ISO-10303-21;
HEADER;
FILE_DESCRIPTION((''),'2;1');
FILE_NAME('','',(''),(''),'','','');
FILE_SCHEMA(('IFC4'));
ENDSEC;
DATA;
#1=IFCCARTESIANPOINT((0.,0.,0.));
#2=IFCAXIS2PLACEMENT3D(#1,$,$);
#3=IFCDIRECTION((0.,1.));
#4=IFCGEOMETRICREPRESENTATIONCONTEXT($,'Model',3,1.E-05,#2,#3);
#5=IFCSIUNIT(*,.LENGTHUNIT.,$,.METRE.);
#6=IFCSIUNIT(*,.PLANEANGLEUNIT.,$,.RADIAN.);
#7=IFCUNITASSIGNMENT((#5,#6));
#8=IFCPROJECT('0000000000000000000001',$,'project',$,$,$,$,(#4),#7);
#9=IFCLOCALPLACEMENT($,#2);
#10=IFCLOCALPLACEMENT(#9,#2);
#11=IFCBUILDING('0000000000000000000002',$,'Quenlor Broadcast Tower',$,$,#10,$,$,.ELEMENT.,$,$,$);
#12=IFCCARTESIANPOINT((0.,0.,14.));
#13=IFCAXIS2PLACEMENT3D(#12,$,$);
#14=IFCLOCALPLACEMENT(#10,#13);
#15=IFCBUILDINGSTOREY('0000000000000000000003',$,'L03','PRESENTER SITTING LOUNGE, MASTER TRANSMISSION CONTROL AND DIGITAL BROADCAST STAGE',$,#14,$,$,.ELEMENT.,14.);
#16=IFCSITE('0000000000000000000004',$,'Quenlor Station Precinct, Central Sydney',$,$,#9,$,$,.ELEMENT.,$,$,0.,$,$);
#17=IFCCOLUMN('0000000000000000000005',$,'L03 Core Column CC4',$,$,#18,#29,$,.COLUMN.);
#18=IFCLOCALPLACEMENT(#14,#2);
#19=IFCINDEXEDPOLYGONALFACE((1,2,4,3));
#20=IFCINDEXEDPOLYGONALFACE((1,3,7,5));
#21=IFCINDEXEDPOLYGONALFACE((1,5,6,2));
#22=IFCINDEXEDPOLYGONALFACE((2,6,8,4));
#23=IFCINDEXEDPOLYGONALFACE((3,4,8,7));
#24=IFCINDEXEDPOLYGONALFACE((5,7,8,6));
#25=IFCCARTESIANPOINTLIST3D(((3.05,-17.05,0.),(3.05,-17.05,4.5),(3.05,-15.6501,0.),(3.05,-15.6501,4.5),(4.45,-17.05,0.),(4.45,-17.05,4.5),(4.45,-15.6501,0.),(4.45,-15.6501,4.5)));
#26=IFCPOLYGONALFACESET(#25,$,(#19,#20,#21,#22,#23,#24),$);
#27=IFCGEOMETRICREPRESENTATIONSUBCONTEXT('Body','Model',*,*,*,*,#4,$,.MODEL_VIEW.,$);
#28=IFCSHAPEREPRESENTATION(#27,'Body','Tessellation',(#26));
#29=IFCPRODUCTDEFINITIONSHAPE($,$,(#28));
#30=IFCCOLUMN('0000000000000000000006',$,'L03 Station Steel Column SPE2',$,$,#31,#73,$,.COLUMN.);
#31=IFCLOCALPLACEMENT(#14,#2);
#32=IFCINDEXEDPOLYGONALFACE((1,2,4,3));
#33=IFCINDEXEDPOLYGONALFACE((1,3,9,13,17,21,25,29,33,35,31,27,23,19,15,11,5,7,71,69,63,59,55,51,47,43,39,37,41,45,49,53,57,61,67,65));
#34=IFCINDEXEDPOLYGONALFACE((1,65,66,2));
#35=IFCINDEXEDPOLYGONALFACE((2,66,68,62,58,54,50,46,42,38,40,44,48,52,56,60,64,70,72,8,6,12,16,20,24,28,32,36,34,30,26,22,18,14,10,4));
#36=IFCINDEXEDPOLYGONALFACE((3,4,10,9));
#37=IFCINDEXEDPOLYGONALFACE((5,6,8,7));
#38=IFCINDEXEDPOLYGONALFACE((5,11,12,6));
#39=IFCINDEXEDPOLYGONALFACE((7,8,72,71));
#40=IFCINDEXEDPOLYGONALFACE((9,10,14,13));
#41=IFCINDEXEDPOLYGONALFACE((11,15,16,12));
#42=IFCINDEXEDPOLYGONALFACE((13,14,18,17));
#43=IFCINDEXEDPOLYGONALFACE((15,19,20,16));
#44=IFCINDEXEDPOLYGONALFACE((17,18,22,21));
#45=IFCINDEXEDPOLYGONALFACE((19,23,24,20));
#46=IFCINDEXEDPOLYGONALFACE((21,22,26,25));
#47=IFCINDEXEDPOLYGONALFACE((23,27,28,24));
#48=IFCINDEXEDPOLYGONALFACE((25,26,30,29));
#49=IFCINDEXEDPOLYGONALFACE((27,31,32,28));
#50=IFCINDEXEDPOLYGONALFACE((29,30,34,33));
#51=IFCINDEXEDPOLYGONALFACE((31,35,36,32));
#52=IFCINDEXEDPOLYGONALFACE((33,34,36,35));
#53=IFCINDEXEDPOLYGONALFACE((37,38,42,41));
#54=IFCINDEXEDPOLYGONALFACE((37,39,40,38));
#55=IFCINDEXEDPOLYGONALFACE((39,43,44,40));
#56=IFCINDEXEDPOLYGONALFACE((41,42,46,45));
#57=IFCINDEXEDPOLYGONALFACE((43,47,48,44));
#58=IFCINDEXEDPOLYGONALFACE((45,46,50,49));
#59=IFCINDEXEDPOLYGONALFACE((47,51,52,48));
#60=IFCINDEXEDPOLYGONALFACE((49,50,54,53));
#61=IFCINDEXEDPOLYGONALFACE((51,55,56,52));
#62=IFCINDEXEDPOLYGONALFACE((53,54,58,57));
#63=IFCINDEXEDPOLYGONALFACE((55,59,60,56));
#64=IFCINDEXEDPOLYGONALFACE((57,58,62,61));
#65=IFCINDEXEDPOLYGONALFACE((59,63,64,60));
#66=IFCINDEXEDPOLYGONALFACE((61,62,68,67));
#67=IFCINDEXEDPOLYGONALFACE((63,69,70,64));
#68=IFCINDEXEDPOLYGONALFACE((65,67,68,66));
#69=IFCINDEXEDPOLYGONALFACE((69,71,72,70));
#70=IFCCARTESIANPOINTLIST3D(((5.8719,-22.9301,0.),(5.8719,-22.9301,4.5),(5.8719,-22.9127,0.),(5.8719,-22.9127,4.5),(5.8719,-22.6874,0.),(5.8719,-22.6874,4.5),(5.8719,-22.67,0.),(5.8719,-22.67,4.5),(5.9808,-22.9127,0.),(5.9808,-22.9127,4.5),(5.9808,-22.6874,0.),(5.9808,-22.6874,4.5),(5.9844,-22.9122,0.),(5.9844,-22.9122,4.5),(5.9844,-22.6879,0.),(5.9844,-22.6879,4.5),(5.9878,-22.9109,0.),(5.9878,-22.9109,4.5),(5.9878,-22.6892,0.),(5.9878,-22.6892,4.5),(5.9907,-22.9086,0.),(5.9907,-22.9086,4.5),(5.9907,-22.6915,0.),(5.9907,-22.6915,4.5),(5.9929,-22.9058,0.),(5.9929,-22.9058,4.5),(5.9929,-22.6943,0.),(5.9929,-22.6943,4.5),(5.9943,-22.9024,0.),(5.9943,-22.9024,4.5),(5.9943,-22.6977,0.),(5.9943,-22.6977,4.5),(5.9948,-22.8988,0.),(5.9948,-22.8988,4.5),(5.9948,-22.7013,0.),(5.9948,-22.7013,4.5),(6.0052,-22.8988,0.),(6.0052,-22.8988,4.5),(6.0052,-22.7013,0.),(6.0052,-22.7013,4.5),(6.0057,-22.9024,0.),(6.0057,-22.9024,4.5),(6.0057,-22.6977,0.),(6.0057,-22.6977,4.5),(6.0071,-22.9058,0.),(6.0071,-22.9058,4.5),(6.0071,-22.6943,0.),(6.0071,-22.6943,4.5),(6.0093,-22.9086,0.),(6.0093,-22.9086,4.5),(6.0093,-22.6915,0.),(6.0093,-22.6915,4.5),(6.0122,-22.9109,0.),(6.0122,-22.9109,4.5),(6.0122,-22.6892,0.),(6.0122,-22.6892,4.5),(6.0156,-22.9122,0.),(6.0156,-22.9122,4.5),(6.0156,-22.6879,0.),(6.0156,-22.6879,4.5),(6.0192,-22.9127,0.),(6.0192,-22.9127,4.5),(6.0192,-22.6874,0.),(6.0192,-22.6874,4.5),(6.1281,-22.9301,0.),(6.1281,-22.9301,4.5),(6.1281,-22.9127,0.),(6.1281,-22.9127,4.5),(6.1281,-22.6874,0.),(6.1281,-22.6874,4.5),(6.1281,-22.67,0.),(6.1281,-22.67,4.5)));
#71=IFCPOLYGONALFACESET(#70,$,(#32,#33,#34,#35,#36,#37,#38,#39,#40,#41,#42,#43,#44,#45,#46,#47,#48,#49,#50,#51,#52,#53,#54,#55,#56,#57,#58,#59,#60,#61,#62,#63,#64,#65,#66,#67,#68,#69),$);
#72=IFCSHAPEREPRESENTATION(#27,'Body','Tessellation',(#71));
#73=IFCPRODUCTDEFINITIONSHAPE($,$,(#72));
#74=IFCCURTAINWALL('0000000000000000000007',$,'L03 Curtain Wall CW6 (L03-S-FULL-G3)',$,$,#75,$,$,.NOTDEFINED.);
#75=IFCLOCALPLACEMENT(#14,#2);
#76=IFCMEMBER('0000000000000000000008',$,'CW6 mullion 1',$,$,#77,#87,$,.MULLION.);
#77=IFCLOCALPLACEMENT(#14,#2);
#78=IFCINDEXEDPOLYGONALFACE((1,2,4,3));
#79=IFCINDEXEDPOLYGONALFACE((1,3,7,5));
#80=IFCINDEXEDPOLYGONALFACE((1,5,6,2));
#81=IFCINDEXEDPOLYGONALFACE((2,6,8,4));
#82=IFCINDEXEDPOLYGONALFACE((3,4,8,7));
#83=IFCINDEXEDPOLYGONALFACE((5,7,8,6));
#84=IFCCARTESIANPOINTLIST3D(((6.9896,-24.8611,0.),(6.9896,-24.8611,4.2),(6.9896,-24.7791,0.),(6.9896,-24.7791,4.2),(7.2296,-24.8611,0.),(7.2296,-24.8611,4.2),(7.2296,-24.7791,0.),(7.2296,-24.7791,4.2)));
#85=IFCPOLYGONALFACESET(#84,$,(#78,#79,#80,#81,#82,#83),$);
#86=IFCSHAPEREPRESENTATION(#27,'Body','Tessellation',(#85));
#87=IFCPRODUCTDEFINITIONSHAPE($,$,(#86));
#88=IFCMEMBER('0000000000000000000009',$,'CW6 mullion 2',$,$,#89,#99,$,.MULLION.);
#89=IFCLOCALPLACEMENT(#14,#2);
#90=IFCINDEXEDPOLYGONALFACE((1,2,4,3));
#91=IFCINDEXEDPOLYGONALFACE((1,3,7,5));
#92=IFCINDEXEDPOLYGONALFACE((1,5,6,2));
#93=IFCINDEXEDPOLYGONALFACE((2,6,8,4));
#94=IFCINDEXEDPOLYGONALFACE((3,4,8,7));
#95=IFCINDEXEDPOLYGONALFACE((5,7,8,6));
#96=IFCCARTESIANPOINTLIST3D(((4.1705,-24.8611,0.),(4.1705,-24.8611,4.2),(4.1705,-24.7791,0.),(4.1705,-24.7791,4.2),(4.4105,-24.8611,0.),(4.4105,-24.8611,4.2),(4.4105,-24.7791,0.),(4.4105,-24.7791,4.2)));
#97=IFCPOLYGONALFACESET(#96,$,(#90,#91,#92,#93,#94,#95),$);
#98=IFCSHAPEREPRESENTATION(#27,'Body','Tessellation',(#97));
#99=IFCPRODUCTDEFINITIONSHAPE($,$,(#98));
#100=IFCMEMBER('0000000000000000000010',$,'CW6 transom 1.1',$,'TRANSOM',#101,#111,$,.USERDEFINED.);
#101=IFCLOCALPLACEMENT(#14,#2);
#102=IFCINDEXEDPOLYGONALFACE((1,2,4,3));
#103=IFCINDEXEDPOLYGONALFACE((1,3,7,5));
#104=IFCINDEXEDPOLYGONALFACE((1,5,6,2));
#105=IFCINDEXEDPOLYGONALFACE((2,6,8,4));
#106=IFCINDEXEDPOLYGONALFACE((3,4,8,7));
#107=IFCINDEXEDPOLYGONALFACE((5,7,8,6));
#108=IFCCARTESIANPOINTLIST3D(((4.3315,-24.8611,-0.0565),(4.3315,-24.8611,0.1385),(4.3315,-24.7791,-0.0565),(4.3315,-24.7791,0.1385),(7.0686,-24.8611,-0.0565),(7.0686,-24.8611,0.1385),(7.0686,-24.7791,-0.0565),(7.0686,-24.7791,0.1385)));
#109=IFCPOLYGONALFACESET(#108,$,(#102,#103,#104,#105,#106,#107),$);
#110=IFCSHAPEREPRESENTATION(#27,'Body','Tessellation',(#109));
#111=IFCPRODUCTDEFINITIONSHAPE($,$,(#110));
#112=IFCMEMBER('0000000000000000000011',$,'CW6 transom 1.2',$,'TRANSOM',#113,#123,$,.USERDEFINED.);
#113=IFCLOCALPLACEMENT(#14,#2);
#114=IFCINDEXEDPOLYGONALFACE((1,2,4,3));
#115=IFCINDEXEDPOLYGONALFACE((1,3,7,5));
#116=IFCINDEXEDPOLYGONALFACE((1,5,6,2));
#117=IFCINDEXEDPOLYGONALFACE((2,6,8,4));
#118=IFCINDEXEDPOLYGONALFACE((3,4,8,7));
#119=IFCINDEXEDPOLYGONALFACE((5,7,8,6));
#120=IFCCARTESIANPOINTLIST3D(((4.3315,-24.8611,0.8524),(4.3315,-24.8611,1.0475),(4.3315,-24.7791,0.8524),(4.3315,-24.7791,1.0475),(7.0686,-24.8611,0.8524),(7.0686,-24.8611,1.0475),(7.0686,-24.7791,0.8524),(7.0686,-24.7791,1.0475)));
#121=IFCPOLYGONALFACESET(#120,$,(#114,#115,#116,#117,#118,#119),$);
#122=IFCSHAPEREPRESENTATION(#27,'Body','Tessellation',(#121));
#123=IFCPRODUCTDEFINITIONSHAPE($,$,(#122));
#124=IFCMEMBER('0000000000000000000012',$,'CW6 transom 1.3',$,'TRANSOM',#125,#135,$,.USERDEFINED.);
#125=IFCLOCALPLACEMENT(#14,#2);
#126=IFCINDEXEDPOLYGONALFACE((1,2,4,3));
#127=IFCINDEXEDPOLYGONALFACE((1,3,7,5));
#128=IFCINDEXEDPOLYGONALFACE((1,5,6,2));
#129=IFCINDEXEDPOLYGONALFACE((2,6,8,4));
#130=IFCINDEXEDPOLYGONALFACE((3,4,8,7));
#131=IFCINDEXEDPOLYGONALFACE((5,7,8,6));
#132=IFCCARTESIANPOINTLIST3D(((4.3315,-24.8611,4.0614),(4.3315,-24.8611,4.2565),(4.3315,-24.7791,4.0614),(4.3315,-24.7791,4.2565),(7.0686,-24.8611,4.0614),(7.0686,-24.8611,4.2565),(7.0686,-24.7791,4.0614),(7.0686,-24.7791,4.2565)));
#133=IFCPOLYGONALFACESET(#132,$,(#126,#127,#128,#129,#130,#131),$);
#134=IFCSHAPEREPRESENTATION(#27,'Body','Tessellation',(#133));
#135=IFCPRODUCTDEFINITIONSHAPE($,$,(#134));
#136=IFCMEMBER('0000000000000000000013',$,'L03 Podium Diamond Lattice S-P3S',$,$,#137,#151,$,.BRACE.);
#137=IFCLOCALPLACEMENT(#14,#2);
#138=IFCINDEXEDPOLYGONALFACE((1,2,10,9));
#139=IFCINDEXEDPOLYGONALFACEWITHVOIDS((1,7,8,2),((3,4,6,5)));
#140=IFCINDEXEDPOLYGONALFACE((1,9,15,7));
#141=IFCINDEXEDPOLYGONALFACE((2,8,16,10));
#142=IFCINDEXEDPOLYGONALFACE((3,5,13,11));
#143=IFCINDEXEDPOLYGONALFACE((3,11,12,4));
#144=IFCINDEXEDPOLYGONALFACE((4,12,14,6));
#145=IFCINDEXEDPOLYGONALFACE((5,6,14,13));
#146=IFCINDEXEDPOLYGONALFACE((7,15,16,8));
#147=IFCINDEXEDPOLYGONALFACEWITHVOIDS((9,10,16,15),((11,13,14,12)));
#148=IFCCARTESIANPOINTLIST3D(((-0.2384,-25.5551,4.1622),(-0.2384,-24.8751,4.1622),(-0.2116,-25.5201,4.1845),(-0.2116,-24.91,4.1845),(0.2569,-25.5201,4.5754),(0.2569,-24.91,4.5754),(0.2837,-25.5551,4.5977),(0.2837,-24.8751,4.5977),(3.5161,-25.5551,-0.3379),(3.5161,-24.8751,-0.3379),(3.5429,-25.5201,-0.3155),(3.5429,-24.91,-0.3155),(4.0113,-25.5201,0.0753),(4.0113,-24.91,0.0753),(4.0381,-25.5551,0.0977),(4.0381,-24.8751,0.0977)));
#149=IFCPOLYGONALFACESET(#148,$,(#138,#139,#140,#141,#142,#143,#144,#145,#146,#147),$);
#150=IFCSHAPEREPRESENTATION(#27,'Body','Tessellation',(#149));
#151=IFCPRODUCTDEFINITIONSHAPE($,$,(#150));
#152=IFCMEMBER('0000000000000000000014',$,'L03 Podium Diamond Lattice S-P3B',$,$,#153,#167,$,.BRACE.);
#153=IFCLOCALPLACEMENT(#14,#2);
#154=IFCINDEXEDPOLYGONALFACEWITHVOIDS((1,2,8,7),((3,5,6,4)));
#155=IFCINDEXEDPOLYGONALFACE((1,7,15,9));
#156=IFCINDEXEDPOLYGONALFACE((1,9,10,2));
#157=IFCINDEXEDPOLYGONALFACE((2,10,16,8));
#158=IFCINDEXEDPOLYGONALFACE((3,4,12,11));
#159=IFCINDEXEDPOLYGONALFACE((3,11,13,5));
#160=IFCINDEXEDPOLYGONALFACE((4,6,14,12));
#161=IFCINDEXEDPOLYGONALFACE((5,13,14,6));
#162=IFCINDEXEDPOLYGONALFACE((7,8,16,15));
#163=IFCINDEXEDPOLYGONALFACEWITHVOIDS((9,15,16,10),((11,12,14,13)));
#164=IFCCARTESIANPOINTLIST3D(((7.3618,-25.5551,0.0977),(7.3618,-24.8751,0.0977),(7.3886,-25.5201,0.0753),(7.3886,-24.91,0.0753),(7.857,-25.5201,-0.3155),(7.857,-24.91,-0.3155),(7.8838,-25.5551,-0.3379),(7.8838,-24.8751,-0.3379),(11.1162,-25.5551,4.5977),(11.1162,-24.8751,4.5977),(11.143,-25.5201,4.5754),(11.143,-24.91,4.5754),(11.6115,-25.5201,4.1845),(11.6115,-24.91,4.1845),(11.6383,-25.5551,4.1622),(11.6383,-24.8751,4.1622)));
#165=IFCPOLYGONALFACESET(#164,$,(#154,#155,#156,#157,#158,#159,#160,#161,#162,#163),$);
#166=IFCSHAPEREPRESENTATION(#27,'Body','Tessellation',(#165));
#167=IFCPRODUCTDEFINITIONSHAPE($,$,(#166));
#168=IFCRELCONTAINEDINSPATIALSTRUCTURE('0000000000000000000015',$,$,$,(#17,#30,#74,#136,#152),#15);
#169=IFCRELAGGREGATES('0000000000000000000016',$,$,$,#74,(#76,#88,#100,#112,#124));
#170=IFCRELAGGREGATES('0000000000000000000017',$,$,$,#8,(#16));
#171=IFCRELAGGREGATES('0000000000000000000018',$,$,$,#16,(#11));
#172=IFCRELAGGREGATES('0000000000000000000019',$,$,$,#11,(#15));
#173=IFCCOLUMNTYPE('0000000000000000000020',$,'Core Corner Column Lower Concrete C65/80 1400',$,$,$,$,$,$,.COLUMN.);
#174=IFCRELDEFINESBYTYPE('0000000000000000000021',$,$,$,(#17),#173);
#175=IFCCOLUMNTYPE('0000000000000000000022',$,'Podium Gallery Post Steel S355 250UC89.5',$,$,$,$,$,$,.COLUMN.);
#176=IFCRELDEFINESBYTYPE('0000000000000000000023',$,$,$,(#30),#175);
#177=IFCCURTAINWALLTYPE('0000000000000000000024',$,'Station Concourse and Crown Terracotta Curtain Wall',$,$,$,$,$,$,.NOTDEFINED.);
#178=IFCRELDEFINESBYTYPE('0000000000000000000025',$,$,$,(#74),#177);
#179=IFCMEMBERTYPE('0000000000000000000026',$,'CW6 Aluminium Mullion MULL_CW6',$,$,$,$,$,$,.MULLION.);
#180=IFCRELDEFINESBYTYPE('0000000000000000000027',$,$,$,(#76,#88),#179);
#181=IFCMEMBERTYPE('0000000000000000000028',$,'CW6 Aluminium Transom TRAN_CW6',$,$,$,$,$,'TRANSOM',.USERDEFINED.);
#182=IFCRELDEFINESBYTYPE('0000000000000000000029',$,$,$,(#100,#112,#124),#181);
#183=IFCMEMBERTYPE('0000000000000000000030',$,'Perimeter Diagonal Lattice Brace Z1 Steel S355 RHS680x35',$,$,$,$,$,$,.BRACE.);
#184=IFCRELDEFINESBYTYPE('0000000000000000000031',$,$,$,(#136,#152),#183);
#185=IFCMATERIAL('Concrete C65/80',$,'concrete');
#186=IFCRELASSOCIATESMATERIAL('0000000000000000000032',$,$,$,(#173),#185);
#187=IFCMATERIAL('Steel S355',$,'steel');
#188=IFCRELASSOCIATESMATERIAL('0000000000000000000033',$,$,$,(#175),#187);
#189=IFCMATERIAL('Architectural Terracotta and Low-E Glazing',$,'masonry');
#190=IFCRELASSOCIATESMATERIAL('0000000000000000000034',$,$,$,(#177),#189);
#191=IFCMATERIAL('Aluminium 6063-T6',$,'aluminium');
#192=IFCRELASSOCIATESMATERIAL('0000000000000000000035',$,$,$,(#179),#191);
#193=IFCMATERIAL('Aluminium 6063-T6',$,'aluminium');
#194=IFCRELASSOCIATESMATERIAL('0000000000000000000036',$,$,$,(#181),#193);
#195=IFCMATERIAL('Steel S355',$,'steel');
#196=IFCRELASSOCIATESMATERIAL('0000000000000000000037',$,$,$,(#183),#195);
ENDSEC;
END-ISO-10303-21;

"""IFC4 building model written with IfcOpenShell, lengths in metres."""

from ifc_helpers import new_model, si_unit, direction, frame, origin, origin_2d, place, context, subcontext, project, spatial, rectangle, hollow_rectangle, i_section, extrude, material, material_profile, profile_set, type_object, element, aggregate, save


model = new_model("IFC4")

# Units and contexts
model_context = context("Model", 3, precision=1e-05, world=origin(), true_north=direction((0.0, 1.0)))
body_context = subcontext(model_context, "Body", "Model", "MODEL_VIEW")
ifc_project = project(units=[si_unit("LENGTHUNIT", "METRE"), si_unit("PLANEANGLEUNIT", "RADIAN")], contexts=[model_context])

# Site, building, storey
site_placement = place(None, origin())
site = spatial("IfcSite", under=ifc_project, at=site_placement, Name="Quenlor Station Precinct, Central Sydney", CompositionType="ELEMENT", RefElevation=0.0)
building_placement = place(site_placement, origin())
building = spatial("IfcBuilding", under=site, at=building_placement, Name="Quenlor Broadcast Tower", CompositionType="ELEMENT")
storey_placement = place(building_placement, frame((0.0, 0.0, 14.0)))
storey = spatial("IfcBuildingStorey", under=building, at=storey_placement, Name="L03", Description="PRESENTER SITTING LOUNGE, MASTER TRANSMISSION CONTROL AND DIGITAL BROADCAST STAGE", CompositionType="ELEMENT", Elevation=14.0)

# Columns
ifc_material_1 = material(Name="Concrete C65/80", Category="concrete")
ifc_material_profile_1 = material_profile(ifc_material_1, rectangle(XDim=1.3999, YDim=1.3999, at=origin_2d()))
ifc_profile_set_1 = profile_set([ifc_material_profile_1], Name="Concrete C65/80 RC1400x1400")
column_type_1 = type_object("IfcColumnType", Name="Core Corner Column Lower Concrete C65/80 1400", PredefinedType="COLUMN", material=ifc_profile_set_1)
column_1_placement = place(storey_placement, frame((3.75, -16.3501, 0.0), z_axis=(0.0, 0.0, 1.0), x_axis=(1.0, 0.0, 0.0)))
element("IfcColumn", 1, at=column_1_placement, inside=storey, type_object=column_type_1, Name="L03 Core Column CC4", PredefinedType="COLUMN", context=body_context, shape_type="SweptSolid", body=[
    extrude(rectangle(XDim=1.3999, YDim=1.3999, at=origin_2d()), origin(), (0.0, 0.0, 1.0), 4.5),
])
ifc_material_2 = material(Name="Steel S355", Category="steel")
ifc_material_profile_2 = material_profile(ifc_material_2, i_section(OverallWidth=0.2561, OverallDepth=0.26, WebThickness=0.0105, FlangeThickness=0.0173, FilletRadius=0.0139, at=origin_2d()))
ifc_profile_set_2 = profile_set([ifc_material_profile_2], Name="Steel S355 250UC89.5")
column_type_2 = type_object("IfcColumnType", Name="Podium Gallery Post Steel S355 250UC89.5", PredefinedType="COLUMN", material=ifc_profile_set_2)
column_2_placement = place(storey_placement, frame((6.0, -22.8, 0.0), z_axis=(0.0, 0.0, 1.0), x_axis=(1.0, 0.0, 0.0)))
element("IfcColumn", 2, at=column_2_placement, inside=storey, type_object=column_type_2, Name="L03 Station Steel Column SPE2", PredefinedType="COLUMN", context=body_context, shape_type="SweptSolid", body=[
    extrude(i_section(OverallWidth=0.2561, OverallDepth=0.26, WebThickness=0.0105, FlangeThickness=0.0173, FilletRadius=0.0139, at=origin_2d()), origin(), (0.0, 0.0, 1.0), 4.5),
])

# Curtain wall, members
ifc_material_3 = material(Name="Architectural Terracotta and Low-E Glazing", Category="masonry")
curtain_wall_type = type_object("IfcCurtainWallType", Name="Station Concourse and Crown Terracotta Curtain Wall", PredefinedType="NOTDEFINED", material=ifc_material_3)
curtain_wall_placement = place(storey_placement, origin())
curtain_wall = element("IfcCurtainWall", 3, at=curtain_wall_placement, inside=storey, type_object=curtain_wall_type, Name="L03 Curtain Wall CW6 (L03-S-FULL-G3)", PredefinedType="NOTDEFINED")
ifc_material_4 = material(Name="Aluminium 6063-T6", Category="aluminium")
ifc_material_profile_3 = material_profile(ifc_material_4, rectangle(XDim=0.082, YDim=0.24, at=origin_2d()))
ifc_profile_set_3 = profile_set([ifc_material_profile_3], Name="Aluminium 6063-T6 MULL82x240")
member_type_1 = type_object("IfcMemberType", Name="CW6 Aluminium Mullion MULL_CW6", PredefinedType="MULLION", material=ifc_profile_set_3)
member_1_placement = place(storey_placement, frame((7.1096, -24.8201, 0.0), z_axis=(0.0, 0.0, 1.0), x_axis=(0.0, -1.0, 0.0)))
member_1 = element("IfcMember", 4, at=member_1_placement, type_object=member_type_1, Name="CW6 mullion 1", PredefinedType="MULLION", context=body_context, shape_type="SweptSolid", body=[
    extrude(rectangle(XDim=0.082, YDim=0.24, at=origin_2d()), origin(), (0.0, 0.0, 1.0), 4.2),
])
member_2_placement = place(storey_placement, frame((4.2905, -24.8201, 0.0), z_axis=(0.0, 0.0, 1.0), x_axis=(0.0, -1.0, 0.0)))
member_2 = element("IfcMember", 5, at=member_2_placement, type_object=member_type_1, Name="CW6 mullion 2", PredefinedType="MULLION", context=body_context, shape_type="SweptSolid", body=[
    extrude(rectangle(XDim=0.082, YDim=0.24, at=origin_2d()), origin(), (0.0, 0.0, 1.0), 4.2),
])
ifc_material_5 = material(Name="Aluminium 6063-T6", Category="aluminium")
ifc_material_profile_4 = material_profile(ifc_material_5, rectangle(XDim=0.082, YDim=0.1951, at=origin_2d()))
ifc_profile_set_4 = profile_set([ifc_material_profile_4], Name="Aluminium 6063-T6 TRAN82x195")
member_type_2 = type_object("IfcMemberType", Name="CW6 Aluminium Transom TRAN_CW6", ElementType="TRANSOM", PredefinedType="USERDEFINED", material=ifc_profile_set_4)
member_3_placement = place(storey_placement, frame((7.0686, -24.8201, 0.041), z_axis=(-1.0, 0.0, 0.0), x_axis=(0.0, -1.0, 0.0)))
member_3 = element("IfcMember", 6, at=member_3_placement, type_object=member_type_2, Name="CW6 transom 1.1", ObjectType="TRANSOM", PredefinedType="USERDEFINED", context=body_context, shape_type="SweptSolid", body=[
    extrude(rectangle(XDim=0.082, YDim=0.1951, at=origin_2d()), origin(), (0.0, 0.0, 1.0), 2.7371),
])
member_4_placement = place(storey_placement, frame((7.0686, -24.8201, 0.95), z_axis=(-1.0, 0.0, 0.0), x_axis=(0.0, -1.0, 0.0)))
member_4 = element("IfcMember", 7, at=member_4_placement, type_object=member_type_2, Name="CW6 transom 1.2", ObjectType="TRANSOM", PredefinedType="USERDEFINED", context=body_context, shape_type="SweptSolid", body=[
    extrude(rectangle(XDim=0.082, YDim=0.1951, at=origin_2d()), origin(), (0.0, 0.0, 1.0), 2.7371),
])
member_5_placement = place(storey_placement, frame((7.0686, -24.8201, 4.1589), z_axis=(-1.0, 0.0, 0.0), x_axis=(0.0, -1.0, 0.0)))
member_5 = element("IfcMember", 8, at=member_5_placement, type_object=member_type_2, Name="CW6 transom 1.3", ObjectType="TRANSOM", PredefinedType="USERDEFINED", context=body_context, shape_type="SweptSolid", body=[
    extrude(rectangle(XDim=0.082, YDim=0.1951, at=origin_2d()), origin(), (0.0, 0.0, 1.0), 2.7371),
])

# Members
ifc_material_6 = material(Name="Steel S355", Category="steel")
ifc_material_profile_5 = material_profile(ifc_material_6, hollow_rectangle(XDim=0.6799, YDim=0.6799, WallThickness=0.0349, at=origin_2d()))
ifc_profile_set_5 = profile_set([ifc_material_profile_5], Name="Steel S355 RHS680x680x35")
member_type_3 = type_object("IfcMemberType", Name="Perimeter Diagonal Lattice Brace Z1 Steel S355 RHS680x35", PredefinedType="BRACE", material=ifc_profile_set_5)
for number, where, z_axis, x_axis, name in (
    (9, (3.7771, -25.2151, -0.1201), (-0.640627, 0.0, 0.767852), (0.0, -1.0, 0.0), "L03 Podium Diamond Lattice S-P3S"),
    (10, (7.6228, -25.2151, -0.1201), (0.640627, 0.0, 0.767852), (0.0, 1.0, 0.0), "L03 Podium Diamond Lattice S-P3B"),
):
    element("IfcMember", number, at=place(storey_placement, frame(where, z_axis=z_axis, x_axis=x_axis)), inside=storey, type_object=member_type_3, Name=name, PredefinedType="BRACE", context=body_context, shape_type="SweptSolid", body=[
        extrude(hollow_rectangle(XDim=0.6799, YDim=0.6799, WallThickness=0.0349, at=origin_2d()), origin(), (0.0, 0.0, 1.0), 5.8606),
    ])

aggregate(curtain_wall, [member_1, member_2, member_3, member_4, member_5])

save(model, "model.ifc")
